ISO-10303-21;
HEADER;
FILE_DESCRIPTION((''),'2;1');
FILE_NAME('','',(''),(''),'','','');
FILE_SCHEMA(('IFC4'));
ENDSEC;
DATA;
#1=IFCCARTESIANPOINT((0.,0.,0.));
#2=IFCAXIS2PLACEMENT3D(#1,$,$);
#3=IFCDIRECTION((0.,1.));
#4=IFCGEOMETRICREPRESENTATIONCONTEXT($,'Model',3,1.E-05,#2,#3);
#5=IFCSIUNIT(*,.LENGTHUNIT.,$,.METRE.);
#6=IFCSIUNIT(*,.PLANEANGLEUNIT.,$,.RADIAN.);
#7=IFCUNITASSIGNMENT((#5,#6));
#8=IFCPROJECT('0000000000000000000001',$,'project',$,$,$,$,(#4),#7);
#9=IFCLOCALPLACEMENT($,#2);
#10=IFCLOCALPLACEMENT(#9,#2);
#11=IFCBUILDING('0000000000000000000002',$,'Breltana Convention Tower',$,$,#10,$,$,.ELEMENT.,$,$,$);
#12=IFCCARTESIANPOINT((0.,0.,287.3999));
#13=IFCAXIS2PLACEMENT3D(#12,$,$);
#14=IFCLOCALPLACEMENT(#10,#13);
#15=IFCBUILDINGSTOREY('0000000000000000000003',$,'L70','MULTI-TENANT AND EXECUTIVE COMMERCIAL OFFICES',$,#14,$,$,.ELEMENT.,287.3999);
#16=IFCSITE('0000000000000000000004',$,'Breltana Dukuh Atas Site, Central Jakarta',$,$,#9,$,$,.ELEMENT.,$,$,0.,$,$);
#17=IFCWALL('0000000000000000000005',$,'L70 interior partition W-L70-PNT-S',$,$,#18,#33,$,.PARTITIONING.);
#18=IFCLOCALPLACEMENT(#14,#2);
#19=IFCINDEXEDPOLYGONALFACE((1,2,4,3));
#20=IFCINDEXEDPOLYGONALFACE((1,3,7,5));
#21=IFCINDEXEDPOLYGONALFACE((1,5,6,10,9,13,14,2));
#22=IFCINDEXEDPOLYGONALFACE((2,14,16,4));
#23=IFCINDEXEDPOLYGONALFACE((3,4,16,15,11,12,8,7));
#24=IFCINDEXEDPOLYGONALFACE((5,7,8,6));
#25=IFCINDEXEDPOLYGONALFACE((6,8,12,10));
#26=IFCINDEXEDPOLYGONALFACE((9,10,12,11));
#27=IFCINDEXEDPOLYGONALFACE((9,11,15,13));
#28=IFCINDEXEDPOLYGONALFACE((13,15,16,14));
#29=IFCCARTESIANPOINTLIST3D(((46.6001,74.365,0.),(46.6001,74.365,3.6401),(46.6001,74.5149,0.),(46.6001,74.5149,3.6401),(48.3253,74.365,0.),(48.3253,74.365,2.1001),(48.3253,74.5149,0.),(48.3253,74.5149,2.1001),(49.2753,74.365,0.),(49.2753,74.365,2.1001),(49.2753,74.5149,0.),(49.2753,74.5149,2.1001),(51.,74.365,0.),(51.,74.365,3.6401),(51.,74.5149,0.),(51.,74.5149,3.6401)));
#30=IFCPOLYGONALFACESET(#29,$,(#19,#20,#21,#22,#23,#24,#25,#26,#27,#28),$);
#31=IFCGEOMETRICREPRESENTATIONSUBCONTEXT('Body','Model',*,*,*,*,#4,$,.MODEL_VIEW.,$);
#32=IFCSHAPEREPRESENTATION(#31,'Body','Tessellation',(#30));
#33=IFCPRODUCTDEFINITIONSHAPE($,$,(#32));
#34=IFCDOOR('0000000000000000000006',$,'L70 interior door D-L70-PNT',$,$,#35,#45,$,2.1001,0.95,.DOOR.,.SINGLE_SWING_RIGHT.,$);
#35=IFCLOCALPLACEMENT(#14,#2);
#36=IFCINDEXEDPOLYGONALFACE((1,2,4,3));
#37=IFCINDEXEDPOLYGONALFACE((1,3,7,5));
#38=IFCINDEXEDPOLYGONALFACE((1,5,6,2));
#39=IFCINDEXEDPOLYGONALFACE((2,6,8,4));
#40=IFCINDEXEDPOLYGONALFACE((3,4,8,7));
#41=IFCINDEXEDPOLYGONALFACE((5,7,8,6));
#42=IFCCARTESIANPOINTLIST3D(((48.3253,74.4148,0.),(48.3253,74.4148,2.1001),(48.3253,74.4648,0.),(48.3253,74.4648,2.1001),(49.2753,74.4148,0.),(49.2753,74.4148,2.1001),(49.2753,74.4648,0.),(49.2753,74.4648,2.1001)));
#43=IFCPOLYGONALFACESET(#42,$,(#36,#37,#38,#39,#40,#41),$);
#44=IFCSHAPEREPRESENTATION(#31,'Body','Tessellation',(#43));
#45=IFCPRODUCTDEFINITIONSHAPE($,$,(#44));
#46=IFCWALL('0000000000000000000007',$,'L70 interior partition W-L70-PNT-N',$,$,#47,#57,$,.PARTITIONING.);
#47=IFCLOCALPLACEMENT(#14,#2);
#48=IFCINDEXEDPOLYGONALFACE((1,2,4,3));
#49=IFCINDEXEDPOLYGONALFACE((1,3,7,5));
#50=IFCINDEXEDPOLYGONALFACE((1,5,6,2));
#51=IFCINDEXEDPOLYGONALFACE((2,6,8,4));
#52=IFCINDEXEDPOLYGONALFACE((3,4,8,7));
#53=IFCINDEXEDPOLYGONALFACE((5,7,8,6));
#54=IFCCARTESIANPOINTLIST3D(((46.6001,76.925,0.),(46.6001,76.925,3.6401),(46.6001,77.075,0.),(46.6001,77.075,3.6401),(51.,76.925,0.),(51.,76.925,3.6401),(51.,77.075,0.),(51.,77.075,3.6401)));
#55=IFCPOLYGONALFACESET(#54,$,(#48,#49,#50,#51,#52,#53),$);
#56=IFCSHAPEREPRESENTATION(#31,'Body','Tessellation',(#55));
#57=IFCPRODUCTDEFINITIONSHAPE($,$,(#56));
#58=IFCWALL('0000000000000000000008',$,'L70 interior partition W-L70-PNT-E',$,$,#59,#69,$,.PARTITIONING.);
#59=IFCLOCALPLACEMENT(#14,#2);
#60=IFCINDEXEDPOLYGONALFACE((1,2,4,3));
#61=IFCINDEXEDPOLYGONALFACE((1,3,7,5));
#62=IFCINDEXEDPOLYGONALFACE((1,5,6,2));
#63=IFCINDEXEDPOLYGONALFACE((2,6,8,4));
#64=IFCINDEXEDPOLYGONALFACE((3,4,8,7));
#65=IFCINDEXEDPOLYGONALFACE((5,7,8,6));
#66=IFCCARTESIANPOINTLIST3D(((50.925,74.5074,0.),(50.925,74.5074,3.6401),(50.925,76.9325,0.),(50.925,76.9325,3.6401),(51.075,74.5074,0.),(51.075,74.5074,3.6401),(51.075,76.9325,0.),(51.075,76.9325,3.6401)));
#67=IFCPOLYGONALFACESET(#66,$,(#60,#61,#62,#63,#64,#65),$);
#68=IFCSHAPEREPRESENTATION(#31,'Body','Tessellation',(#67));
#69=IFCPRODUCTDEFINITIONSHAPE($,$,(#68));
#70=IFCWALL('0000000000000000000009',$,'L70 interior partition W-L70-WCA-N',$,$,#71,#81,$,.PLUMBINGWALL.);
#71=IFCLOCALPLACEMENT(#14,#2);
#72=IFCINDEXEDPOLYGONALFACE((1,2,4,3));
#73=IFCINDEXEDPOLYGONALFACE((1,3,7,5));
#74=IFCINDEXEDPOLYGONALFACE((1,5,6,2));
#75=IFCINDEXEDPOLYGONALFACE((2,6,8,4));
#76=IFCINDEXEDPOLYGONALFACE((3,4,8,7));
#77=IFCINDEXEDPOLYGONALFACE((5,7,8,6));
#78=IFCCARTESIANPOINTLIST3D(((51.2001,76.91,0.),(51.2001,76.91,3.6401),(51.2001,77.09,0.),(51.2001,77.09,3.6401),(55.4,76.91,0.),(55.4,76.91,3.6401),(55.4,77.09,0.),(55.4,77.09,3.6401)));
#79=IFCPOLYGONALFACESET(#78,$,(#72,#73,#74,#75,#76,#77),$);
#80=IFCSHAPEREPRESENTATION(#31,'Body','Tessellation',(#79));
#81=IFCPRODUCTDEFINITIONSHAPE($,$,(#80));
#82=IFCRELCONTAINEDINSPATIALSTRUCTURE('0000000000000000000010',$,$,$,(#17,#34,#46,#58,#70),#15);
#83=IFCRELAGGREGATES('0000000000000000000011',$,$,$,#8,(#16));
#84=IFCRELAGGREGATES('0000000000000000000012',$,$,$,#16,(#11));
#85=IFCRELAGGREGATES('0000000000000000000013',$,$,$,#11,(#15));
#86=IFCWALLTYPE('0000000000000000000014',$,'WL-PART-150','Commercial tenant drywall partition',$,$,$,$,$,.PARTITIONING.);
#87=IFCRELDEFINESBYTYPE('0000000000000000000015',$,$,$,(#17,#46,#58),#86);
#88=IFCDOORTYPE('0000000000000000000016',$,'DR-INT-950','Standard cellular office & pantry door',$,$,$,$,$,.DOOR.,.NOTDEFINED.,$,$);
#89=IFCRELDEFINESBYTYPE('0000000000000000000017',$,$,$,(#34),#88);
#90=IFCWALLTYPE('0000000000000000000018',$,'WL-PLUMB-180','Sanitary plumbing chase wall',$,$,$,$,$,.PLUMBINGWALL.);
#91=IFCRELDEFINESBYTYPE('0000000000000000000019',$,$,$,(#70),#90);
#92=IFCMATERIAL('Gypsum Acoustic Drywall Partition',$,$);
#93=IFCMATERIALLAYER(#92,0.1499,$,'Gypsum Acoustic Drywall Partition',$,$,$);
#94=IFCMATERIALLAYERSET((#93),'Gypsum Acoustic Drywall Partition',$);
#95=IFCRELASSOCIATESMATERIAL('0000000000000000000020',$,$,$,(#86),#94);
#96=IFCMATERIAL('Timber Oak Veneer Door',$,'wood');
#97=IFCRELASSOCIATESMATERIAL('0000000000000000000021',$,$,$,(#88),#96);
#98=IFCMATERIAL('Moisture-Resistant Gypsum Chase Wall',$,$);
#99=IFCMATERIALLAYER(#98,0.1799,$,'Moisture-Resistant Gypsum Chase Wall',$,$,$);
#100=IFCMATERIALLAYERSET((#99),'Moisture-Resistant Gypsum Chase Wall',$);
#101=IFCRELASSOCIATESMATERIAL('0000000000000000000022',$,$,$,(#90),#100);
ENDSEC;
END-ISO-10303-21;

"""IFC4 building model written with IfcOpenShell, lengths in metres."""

from ifc_helpers import new_model, si_unit, direction, frame, frame_2d, origin, place, context, subcontext, project, spatial, rectangle, extrude, source, transform, mapped, material, layer, layer_set, type_object, type_shapes, element, fill, save


model = new_model("IFC4")

# Units and contexts
model_context = context("Model", 3, precision=1e-05, world=origin(), true_north=direction((0.0, 1.0)))
body_context = subcontext(model_context, "Body", "Model", "MODEL_VIEW")
ifc_project = project(units=[si_unit("LENGTHUNIT", "METRE"), si_unit("PLANEANGLEUNIT", "RADIAN")], contexts=[model_context])

# Site, building, storey
site_placement = place(None, origin())
site = spatial("IfcSite", under=ifc_project, at=site_placement, Name="Breltana Dukuh Atas Site, Central Jakarta", CompositionType="ELEMENT", RefElevation=0.0)
building_placement = place(site_placement, origin())
building = spatial("IfcBuilding", under=site, at=building_placement, Name="Breltana Convention Tower", CompositionType="ELEMENT")
storey_placement = place(building_placement, frame((0.0, 0.0, 287.3999)))
storey = spatial("IfcBuildingStorey", under=building, at=storey_placement, Name="L70", Description="MULTI-TENANT AND EXECUTIVE COMMERCIAL OFFICES", CompositionType="ELEMENT", Elevation=287.3999)

# Wall, opening, door
ifc_material_1 = material(Name="Gypsum Acoustic Drywall Partition")
ifc_layer_1 = layer(ifc_material_1, 0.1499, Name="Gypsum Acoustic Drywall Partition")
ifc_layer_set_1 = layer_set([ifc_layer_1], Name="Gypsum Acoustic Drywall Partition")
wall_type_1 = type_object("IfcWallType", Name="WL-PART-150", Description="Commercial tenant drywall partition", PredefinedType="PARTITIONING", material=ifc_layer_set_1)
shared_shape_1 = source(origin(), body_context, "Body", "SweptSolid", [
    extrude(rectangle(XDim=4.3999, YDim=0.1499, at=frame_2d((2.2, 0.0))), origin(), (0.0, 0.0, 1.0), 3.6401),
])
wall_1_placement = place(storey_placement, frame((46.6001, 74.4399, 0.0), z_axis=(0.0, 0.0, 1.0), x_axis=(1.0, 0.0, 0.0)))
wall_1 = element("IfcWall", 1, at=wall_1_placement, inside=storey, type_object=wall_type_1, Name="L70 interior partition W-L70-PNT-S", PredefinedType="PARTITIONING", context=body_context, shape_type="MappedRepresentation", body=[
    mapped(shared_shape_1, transform((0.0, 0.0, 0.0), scale=1.0)),
])
opening_1_placement = place(wall_1_placement, frame((1.7251, 0.0, 0.0)))
opening_1 = element("IfcOpeningElement", 2, at=opening_1_placement, cuts=wall_1, PredefinedType="OPENING", context=body_context, shape_type="SweptSolid", body=[
    extrude(rectangle(XDim=0.95, YDim=2.1001, at=frame_2d((0.4751, 1.05))), frame((0.0, 0.085, 0.0), z_axis=(0.0, -1.0, 0.0), x_axis=(1.0, 0.0, 0.0)), (0.0, 0.0, 1.0), 0.1699),
])
ifc_material_2 = material(Name="Timber Oak Veneer Door", Category="wood")
door_type_1 = type_object("IfcDoorType", Name="DR-INT-950", Description="Standard cellular office & pantry door", OperationType="NOTDEFINED", PredefinedType="DOOR", material=ifc_material_2)
shared_shape_2 = source(origin(), body_context, "Body", "SweptSolid", [
    extrude(rectangle(XDim=0.95, YDim=2.1001, at=frame_2d((0.4751, 1.05))), frame((0.0, 0.0249, 0.0), z_axis=(0.0, -1.0, 0.0), x_axis=(1.0, 0.0, 0.0)), (0.0, 0.0, 1.0), 0.05),
])
type_shapes(door_type_1, [shared_shape_2])
door_1_placement = place(opening_1_placement, origin())
door_1 = element("IfcDoor", 3, at=door_1_placement, inside=storey, type_object=door_type_1, Name="L70 interior door D-L70-PNT", OperationType="SINGLE_SWING_RIGHT", OverallHeight=2.1001, OverallWidth=0.95, PredefinedType="DOOR", context=body_context, shape_type="MappedRepresentation", body=[
    mapped(shared_shape_2, transform((0.0, 0.0, 0.0), scale=1.0)),
])
fill(opening_1, door_1)

# Walls
wall_2_placement = place(storey_placement, frame((46.6001, 77.0, 0.0), z_axis=(0.0, 0.0, 1.0), x_axis=(1.0, 0.0, 0.0)))
element("IfcWall", 4, at=wall_2_placement, inside=storey, type_object=wall_type_1, Name="L70 interior partition W-L70-PNT-N", PredefinedType="PARTITIONING", context=body_context, shape_type="MappedRepresentation", body=[
    mapped(shared_shape_1, transform((0.0, 0.0, 0.0), scale=1.0)),
])
shared_shape_3 = source(origin(), body_context, "Body", "SweptSolid", [
    extrude(rectangle(XDim=2.425, YDim=0.1499, at=frame_2d((1.2124, 0.0))), origin(), (0.0, 0.0, 1.0), 3.6401),
])
wall_3_placement = place(storey_placement, frame((51.0, 74.5076, 0.0), z_axis=(0.0, 0.0, 1.0), x_axis=(0.0, 1.0, 0.0)))
element("IfcWall", 5, at=wall_3_placement, inside=storey, type_object=wall_type_1, Name="L70 interior partition W-L70-PNT-E", PredefinedType="PARTITIONING", context=body_context, shape_type="MappedRepresentation", body=[
    mapped(shared_shape_3, transform((0.0, 0.0, 0.0), scale=1.0)),
])

# Wall
ifc_material_3 = material(Name="Moisture-Resistant Gypsum Chase Wall")
ifc_layer_2 = layer(ifc_material_3, 0.1799, Name="Moisture-Resistant Gypsum Chase Wall")
ifc_layer_set_2 = layer_set([ifc_layer_2], Name="Moisture-Resistant Gypsum Chase Wall")
wall_type_2 = type_object("IfcWallType", Name="WL-PLUMB-180", Description="Sanitary plumbing chase wall", PredefinedType="PLUMBINGWALL", material=ifc_layer_set_2)
shared_shape_4 = source(origin(), body_context, "Body", "SweptSolid", [
    extrude(rectangle(XDim=4.2, YDim=0.1799, at=frame_2d((2.1001, 0.0))), origin(), (0.0, 0.0, 1.0), 3.6401),
])
wall_4_placement = place(storey_placement, frame((51.2, 77.0, 0.0), z_axis=(0.0, 0.0, 1.0), x_axis=(1.0, 0.0, 0.0)))
element("IfcWall", 6, at=wall_4_placement, inside=storey, type_object=wall_type_2, Name="L70 interior partition W-L70-WCA-N", PredefinedType="PLUMBINGWALL", context=body_context, shape_type="MappedRepresentation", body=[
    mapped(shared_shape_4, transform((0.0, 0.0, 0.0), scale=1.0)),
])

save(model, "model.ifc")
